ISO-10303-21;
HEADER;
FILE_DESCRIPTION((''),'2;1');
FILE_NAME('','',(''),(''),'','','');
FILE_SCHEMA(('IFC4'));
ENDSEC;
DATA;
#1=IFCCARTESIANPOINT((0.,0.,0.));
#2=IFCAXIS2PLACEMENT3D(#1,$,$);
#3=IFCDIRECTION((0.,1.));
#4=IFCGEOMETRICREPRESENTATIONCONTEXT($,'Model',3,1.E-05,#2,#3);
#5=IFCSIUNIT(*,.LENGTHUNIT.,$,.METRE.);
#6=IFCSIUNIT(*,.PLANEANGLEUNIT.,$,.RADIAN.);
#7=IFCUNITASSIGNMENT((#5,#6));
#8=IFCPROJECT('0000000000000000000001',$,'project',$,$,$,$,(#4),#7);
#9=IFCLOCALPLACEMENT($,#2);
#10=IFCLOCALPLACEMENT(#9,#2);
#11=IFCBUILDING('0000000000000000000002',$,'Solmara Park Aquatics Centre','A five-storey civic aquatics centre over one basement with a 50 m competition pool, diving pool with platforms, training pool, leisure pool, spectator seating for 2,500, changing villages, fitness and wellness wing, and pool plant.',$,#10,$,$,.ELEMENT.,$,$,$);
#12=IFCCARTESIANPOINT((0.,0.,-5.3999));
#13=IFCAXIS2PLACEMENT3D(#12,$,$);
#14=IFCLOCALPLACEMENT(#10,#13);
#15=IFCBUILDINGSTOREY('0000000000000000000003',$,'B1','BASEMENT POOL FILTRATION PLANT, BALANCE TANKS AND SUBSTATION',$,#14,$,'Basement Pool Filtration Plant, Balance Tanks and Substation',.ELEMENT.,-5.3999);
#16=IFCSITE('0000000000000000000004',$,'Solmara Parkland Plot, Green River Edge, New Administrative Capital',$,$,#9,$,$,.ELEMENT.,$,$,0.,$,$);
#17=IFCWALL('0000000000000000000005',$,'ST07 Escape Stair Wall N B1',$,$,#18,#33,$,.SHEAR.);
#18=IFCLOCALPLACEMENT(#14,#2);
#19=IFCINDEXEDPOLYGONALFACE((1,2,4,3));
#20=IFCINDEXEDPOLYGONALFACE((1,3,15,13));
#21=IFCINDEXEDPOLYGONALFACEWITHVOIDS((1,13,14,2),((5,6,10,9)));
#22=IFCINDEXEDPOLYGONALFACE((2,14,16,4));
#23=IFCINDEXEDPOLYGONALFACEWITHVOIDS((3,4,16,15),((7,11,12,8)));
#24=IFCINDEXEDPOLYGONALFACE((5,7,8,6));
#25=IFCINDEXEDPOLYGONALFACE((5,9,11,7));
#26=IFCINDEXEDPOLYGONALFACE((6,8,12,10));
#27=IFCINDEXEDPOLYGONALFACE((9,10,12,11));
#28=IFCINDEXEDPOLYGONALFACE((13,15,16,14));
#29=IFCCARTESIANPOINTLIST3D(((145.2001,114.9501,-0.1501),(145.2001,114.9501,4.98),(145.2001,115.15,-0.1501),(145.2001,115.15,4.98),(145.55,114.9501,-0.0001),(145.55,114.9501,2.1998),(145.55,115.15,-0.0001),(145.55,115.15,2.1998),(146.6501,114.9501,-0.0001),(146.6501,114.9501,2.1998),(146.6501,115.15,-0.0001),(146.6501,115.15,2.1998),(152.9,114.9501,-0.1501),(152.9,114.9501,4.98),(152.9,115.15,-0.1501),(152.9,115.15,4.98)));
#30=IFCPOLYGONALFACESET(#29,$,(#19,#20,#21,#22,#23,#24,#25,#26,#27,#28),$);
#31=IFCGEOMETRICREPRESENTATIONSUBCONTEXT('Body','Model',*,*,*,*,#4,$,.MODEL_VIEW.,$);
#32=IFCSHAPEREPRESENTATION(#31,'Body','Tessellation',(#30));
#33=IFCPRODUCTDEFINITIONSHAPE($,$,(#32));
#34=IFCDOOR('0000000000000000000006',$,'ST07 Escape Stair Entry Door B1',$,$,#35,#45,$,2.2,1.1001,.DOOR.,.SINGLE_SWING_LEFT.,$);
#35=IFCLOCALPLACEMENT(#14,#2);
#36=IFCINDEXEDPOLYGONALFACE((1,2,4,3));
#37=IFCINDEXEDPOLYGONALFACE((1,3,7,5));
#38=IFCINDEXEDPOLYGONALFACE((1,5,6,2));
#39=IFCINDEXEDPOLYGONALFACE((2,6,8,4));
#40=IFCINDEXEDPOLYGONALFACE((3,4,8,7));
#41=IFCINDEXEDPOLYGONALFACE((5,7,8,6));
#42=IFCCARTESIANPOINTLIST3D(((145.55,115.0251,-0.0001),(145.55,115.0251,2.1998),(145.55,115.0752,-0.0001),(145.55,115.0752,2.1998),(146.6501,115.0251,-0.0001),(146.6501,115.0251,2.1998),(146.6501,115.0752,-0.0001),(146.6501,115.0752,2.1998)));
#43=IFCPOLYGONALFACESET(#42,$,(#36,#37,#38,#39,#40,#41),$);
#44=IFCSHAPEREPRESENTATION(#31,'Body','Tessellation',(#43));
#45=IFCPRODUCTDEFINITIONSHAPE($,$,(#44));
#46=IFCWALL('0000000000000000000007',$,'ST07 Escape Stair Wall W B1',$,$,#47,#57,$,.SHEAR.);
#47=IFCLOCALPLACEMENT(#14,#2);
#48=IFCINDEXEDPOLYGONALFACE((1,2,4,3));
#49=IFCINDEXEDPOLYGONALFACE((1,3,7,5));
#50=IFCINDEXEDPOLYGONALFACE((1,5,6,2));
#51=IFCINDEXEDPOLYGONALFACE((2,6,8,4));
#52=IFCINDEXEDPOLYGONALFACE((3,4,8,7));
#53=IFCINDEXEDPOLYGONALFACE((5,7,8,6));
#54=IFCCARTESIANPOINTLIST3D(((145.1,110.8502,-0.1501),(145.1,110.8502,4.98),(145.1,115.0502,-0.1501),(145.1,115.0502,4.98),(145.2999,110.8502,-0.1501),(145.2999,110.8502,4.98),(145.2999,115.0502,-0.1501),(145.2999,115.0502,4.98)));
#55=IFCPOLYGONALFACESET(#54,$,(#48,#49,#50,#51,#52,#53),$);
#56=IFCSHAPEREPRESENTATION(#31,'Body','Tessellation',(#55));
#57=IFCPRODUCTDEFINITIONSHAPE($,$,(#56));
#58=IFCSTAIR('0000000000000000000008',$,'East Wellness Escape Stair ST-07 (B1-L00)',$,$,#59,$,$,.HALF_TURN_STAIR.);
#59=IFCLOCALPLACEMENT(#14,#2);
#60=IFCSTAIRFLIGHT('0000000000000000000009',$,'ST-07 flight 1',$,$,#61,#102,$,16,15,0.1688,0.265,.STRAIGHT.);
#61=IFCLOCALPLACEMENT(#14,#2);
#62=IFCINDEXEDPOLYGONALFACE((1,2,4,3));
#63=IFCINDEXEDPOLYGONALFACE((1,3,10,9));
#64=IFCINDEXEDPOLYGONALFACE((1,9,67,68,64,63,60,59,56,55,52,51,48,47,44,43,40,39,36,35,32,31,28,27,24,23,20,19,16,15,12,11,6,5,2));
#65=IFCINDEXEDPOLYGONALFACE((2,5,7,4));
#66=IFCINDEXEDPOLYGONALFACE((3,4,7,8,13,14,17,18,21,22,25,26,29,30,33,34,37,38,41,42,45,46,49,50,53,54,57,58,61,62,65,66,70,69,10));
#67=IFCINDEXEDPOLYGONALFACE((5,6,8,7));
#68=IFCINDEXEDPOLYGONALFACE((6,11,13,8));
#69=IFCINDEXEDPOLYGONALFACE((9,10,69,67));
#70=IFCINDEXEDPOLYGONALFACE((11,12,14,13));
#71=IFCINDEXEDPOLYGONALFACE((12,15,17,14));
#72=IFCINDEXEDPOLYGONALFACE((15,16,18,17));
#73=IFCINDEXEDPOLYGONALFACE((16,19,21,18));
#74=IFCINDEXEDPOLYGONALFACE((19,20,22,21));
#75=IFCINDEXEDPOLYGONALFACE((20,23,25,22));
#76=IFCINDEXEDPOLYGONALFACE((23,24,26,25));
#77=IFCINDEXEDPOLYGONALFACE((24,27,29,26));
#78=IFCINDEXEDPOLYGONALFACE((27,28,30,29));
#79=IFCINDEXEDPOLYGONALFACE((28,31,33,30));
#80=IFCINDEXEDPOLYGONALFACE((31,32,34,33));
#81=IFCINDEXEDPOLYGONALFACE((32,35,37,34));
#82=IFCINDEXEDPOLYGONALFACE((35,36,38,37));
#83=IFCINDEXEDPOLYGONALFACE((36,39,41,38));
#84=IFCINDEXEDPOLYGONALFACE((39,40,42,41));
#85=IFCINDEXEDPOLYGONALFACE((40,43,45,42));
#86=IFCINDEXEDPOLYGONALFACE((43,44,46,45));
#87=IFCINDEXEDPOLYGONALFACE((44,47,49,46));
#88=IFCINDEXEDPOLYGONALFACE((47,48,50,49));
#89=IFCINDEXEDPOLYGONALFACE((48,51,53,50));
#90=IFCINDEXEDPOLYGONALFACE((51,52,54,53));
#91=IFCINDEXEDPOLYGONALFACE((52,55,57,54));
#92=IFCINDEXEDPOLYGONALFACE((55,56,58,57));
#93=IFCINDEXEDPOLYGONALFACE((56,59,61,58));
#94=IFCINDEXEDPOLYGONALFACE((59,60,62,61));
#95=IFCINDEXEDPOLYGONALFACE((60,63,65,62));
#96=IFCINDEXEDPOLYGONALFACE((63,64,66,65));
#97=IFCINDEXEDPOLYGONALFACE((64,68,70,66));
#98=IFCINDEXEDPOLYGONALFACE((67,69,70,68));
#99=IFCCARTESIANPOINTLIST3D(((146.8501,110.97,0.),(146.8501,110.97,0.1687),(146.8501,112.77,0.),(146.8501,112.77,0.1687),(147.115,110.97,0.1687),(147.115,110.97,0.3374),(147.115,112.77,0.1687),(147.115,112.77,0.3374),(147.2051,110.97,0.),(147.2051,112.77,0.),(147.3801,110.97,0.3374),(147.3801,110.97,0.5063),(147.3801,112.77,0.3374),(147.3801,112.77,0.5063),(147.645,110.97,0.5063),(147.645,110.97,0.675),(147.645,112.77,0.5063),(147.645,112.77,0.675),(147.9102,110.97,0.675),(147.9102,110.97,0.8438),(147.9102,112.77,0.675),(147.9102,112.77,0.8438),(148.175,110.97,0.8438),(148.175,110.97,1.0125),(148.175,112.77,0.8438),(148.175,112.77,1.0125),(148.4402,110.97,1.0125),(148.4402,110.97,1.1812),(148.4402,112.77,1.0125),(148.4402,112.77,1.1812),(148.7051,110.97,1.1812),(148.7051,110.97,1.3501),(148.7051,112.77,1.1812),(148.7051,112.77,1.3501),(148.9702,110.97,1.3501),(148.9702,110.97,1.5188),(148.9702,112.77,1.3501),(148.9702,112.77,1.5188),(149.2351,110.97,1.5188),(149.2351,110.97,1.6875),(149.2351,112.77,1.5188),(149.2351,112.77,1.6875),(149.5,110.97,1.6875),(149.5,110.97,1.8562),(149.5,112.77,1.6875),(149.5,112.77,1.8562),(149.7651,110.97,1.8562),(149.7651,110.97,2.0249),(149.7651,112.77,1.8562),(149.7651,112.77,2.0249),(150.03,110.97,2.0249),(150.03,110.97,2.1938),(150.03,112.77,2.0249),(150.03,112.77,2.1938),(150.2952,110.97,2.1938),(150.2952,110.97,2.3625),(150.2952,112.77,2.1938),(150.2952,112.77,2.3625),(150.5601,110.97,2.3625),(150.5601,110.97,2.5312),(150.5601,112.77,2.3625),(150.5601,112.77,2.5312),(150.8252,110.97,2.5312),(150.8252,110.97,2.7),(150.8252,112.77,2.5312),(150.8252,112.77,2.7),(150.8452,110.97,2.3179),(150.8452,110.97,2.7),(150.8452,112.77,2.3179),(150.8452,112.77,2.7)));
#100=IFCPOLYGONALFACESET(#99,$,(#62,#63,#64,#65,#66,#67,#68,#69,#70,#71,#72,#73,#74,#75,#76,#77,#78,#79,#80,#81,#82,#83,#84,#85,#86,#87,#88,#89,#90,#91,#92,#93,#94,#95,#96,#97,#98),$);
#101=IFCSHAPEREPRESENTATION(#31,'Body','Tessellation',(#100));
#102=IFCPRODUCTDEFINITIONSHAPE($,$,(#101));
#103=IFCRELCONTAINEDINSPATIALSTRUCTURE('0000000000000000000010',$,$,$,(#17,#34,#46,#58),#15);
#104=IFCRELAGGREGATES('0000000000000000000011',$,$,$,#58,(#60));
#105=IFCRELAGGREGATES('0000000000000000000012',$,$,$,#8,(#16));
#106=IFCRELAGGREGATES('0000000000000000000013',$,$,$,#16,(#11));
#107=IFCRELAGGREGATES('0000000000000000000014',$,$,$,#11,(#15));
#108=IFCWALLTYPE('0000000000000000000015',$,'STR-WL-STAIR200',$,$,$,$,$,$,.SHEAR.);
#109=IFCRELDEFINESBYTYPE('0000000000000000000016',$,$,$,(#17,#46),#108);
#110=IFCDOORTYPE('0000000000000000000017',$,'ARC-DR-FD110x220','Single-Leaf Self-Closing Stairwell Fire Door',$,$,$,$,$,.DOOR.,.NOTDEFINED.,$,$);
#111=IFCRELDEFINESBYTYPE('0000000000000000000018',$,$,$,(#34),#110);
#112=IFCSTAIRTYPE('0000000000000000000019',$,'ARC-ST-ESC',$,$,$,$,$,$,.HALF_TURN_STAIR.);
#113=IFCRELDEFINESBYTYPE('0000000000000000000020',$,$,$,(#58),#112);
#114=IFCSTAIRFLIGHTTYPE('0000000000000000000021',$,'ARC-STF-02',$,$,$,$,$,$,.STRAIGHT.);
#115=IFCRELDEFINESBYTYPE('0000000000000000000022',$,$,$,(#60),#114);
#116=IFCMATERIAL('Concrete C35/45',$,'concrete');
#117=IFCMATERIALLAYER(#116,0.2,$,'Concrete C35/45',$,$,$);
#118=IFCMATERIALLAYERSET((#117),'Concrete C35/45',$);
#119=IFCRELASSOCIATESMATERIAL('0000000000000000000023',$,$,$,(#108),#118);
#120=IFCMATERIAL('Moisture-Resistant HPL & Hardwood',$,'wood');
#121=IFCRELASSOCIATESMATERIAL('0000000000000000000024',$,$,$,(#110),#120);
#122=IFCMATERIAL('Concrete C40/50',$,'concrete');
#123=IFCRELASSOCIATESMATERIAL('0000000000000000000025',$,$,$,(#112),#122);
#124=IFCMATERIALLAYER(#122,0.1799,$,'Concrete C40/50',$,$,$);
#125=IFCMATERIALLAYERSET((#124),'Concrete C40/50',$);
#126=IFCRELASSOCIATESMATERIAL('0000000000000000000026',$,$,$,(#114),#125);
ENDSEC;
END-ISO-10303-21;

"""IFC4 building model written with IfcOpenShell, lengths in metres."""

from ifc_helpers import new_model, si_unit, direction, frame, frame_2d, origin, place, context, subcontext, project, spatial, polyline, rectangle, outline, extrude, material, layer, layer_set, type_object, element, fill, aggregate, save


model = new_model("IFC4")

# Units and contexts
model_context = context("Model", 3, precision=1e-05, world=origin(), true_north=direction((0.0, 1.0)))
body_context = subcontext(model_context, "Body", "Model", "MODEL_VIEW")
ifc_project = project(units=[si_unit("LENGTHUNIT", "METRE"), si_unit("PLANEANGLEUNIT", "RADIAN")], contexts=[model_context])

# Site, building, storey
site_placement = place(None, origin())
site = spatial("IfcSite", under=ifc_project, at=site_placement, Name="Solmara Parkland Plot, Green River Edge, New Administrative Capital", CompositionType="ELEMENT", RefElevation=0.0)
building_placement = place(site_placement, origin())
building = spatial("IfcBuilding", under=site, at=building_placement, Name="Solmara Park Aquatics Centre", Description="A five-storey civic aquatics centre over one basement with a 50 m competition pool, diving pool with platforms, training pool, leisure pool, spectator seating for 2,500, changing villages, fitness and wellness wing, and pool plant.", CompositionType="ELEMENT")
storey_placement = place(building_placement, frame((0.0, 0.0, -5.3999)))
storey = spatial("IfcBuildingStorey", under=building, at=storey_placement, Name="B1", Description="BASEMENT POOL FILTRATION PLANT, BALANCE TANKS AND SUBSTATION", LongName="Basement Pool Filtration Plant, Balance Tanks and Substation", CompositionType="ELEMENT", Elevation=-5.3999)

# Shared definitions
ifc_material_1 = material(Name="Concrete C40/50", Category="concrete")

# Shared definitions
ifc_material_2 = material(Name="Concrete C35/45", Category="concrete")
ifc_layer_1 = layer(ifc_material_2, 0.2, Name="Concrete C35/45")
ifc_layer_set_1 = layer_set([ifc_layer_1], Name="Concrete C35/45")
wall_type = type_object("IfcWallType", Name="STR-WL-STAIR200", PredefinedType="SHEAR", material=ifc_layer_set_1)

# Wall, opening, door
wall_1_placement = place(storey_placement, frame((145.2, 115.05, -0.1501), z_axis=(0.0, 0.0, 1.0), x_axis=(1.0, 0.0, 0.0)))
wall_1 = element("IfcWall", 1, at=wall_1_placement, inside=storey, type_object=wall_type, Name="ST07 Escape Stair Wall N B1", PredefinedType="SHEAR", context=body_context, shape_type="SweptSolid", body=[
    extrude(rectangle(XDim=7.7, YDim=0.2, at=frame_2d((3.8501, 0.0))), origin(), (0.0, 0.0, 1.0), 5.1301),
])
opening_placement = place(wall_1_placement, frame((0.3501, 0.0, 0.1499)))
opening = element("IfcOpeningElement", 2, at=opening_placement, cuts=wall_1, PredefinedType="OPENING", context=body_context, shape_type="SweptSolid", body=[
    extrude(rectangle(XDim=1.1001, YDim=2.2, at=frame_2d((0.55, 1.1001))), frame((0.0, 0.1099, 0.0), z_axis=(0.0, -1.0, 0.0), x_axis=(1.0, 0.0, 0.0)), (0.0, 0.0, 1.0), 0.22),
])
ifc_material_3 = material(Name="Moisture-Resistant HPL & Hardwood", Category="wood")
door_type = type_object("IfcDoorType", Name="ARC-DR-FD110x220", Description="Single-Leaf Self-Closing Stairwell Fire Door", OperationType="NOTDEFINED", PredefinedType="DOOR", material=ifc_material_3)
door_placement = place(opening_placement, frame((1.1001, 0.0, 0.0), z_axis=(0.0, 0.0, 1.0), x_axis=(-1.0, 0.0, 0.0)))
door = element("IfcDoor", 3, at=door_placement, inside=storey, type_object=door_type, Name="ST07 Escape Stair Entry Door B1", OperationType="SINGLE_SWING_LEFT", OverallHeight=2.2, OverallWidth=1.1001, PredefinedType="DOOR", context=body_context, shape_type="SweptSolid", body=[
    extrude(rectangle(XDim=1.1001, YDim=2.2, at=frame_2d((0.55, 1.1001))), frame((0.0, 0.0249, 0.0), z_axis=(0.0, -1.0, 0.0), x_axis=(1.0, 0.0, 0.0)), (0.0, 0.0, 1.0), 0.05),
])
fill(opening, door)

# Wall
wall_2_placement = place(storey_placement, frame((145.2, 110.8501, -0.1501), z_axis=(0.0, 0.0, 1.0), x_axis=(0.0, 1.0, 0.0)))
element("IfcWall", 4, at=wall_2_placement, inside=storey, type_object=wall_type, Name="ST07 Escape Stair Wall W B1", PredefinedType="SHEAR", context=body_context, shape_type="SweptSolid", body=[
    extrude(rectangle(XDim=4.2, YDim=0.2, at=frame_2d((2.1001, 0.0))), origin(), (0.0, 0.0, 1.0), 5.1301),
])

# Stair, stair flight
stair_type = type_object("IfcStairType", Name="ARC-ST-ESC", PredefinedType="HALF_TURN_STAIR", material=ifc_material_1)
stair_placement = place(storey_placement, origin())
stair = element("IfcStair", 5, at=stair_placement, inside=storey, type_object=stair_type, Name="East Wellness Escape Stair ST-07 (B1-L00)", PredefinedType="HALF_TURN_STAIR")
ifc_layer_2 = layer(ifc_material_1, 0.1799, Name="Concrete C40/50")
ifc_layer_set_2 = layer_set([ifc_layer_2], Name="Concrete C40/50")
stair_flight_type = type_object("IfcStairFlightType", Name="ARC-STF-02", PredefinedType="STRAIGHT", material=ifc_layer_set_2)
stair_flight_placement = place(storey_placement, frame((146.8501, 111.8701, 0.0), z_axis=(0.0, 0.0, 1.0), x_axis=(1.0, 0.0, 0.0)))
stair_flight = element("IfcStairFlight", 6, at=stair_flight_placement, type_object=stair_flight_type, Name="ST-07 flight 1", NumberOfRisers=16, NumberOfTreads=15, PredefinedType="STRAIGHT", RiserHeight=0.1688, TreadLength=0.265, context=body_context, shape_type="SweptSolid", body=[
    extrude(outline(polyline([(0.0, 0.0), (0.0, 0.1687), (0.2649, 0.1687), (0.2649, 0.3374), (0.53, 0.3374), (0.53, 0.5063), (0.7949, 0.5063), (0.7949, 0.675), (1.0601, 0.675), (1.0601, 0.8438), (1.325, 0.8438), (1.325, 1.0125), (1.5901, 1.0125), (1.5901, 1.1812), (1.855, 1.1812), (1.855, 1.3501), (2.1201, 1.3501), (2.1201, 1.5188), (2.385, 1.5188), (2.385, 1.6875), (2.6499, 1.6875), (2.6499, 1.8562), (2.915, 1.8562), (2.915, 2.0249), (3.1799, 2.0249), (3.1799, 2.1938), (3.4451, 2.1938), (3.4451, 2.3625), (3.71, 2.3625), (3.71, 2.5312), (3.9751, 2.5312), (3.9751, 2.7), (3.9951, 2.7), (3.9951, 2.3179), (0.355, 0.0), (0.0, 0.0)])), frame((0.0, 0.8999, 0.0), z_axis=(0.0, -1.0, 0.0), x_axis=(1.0, 0.0, 0.0)), (0.0, 0.0, 1.0), 1.8),
])
aggregate(stair, [stair_flight])

save(model, "model.ifc")
